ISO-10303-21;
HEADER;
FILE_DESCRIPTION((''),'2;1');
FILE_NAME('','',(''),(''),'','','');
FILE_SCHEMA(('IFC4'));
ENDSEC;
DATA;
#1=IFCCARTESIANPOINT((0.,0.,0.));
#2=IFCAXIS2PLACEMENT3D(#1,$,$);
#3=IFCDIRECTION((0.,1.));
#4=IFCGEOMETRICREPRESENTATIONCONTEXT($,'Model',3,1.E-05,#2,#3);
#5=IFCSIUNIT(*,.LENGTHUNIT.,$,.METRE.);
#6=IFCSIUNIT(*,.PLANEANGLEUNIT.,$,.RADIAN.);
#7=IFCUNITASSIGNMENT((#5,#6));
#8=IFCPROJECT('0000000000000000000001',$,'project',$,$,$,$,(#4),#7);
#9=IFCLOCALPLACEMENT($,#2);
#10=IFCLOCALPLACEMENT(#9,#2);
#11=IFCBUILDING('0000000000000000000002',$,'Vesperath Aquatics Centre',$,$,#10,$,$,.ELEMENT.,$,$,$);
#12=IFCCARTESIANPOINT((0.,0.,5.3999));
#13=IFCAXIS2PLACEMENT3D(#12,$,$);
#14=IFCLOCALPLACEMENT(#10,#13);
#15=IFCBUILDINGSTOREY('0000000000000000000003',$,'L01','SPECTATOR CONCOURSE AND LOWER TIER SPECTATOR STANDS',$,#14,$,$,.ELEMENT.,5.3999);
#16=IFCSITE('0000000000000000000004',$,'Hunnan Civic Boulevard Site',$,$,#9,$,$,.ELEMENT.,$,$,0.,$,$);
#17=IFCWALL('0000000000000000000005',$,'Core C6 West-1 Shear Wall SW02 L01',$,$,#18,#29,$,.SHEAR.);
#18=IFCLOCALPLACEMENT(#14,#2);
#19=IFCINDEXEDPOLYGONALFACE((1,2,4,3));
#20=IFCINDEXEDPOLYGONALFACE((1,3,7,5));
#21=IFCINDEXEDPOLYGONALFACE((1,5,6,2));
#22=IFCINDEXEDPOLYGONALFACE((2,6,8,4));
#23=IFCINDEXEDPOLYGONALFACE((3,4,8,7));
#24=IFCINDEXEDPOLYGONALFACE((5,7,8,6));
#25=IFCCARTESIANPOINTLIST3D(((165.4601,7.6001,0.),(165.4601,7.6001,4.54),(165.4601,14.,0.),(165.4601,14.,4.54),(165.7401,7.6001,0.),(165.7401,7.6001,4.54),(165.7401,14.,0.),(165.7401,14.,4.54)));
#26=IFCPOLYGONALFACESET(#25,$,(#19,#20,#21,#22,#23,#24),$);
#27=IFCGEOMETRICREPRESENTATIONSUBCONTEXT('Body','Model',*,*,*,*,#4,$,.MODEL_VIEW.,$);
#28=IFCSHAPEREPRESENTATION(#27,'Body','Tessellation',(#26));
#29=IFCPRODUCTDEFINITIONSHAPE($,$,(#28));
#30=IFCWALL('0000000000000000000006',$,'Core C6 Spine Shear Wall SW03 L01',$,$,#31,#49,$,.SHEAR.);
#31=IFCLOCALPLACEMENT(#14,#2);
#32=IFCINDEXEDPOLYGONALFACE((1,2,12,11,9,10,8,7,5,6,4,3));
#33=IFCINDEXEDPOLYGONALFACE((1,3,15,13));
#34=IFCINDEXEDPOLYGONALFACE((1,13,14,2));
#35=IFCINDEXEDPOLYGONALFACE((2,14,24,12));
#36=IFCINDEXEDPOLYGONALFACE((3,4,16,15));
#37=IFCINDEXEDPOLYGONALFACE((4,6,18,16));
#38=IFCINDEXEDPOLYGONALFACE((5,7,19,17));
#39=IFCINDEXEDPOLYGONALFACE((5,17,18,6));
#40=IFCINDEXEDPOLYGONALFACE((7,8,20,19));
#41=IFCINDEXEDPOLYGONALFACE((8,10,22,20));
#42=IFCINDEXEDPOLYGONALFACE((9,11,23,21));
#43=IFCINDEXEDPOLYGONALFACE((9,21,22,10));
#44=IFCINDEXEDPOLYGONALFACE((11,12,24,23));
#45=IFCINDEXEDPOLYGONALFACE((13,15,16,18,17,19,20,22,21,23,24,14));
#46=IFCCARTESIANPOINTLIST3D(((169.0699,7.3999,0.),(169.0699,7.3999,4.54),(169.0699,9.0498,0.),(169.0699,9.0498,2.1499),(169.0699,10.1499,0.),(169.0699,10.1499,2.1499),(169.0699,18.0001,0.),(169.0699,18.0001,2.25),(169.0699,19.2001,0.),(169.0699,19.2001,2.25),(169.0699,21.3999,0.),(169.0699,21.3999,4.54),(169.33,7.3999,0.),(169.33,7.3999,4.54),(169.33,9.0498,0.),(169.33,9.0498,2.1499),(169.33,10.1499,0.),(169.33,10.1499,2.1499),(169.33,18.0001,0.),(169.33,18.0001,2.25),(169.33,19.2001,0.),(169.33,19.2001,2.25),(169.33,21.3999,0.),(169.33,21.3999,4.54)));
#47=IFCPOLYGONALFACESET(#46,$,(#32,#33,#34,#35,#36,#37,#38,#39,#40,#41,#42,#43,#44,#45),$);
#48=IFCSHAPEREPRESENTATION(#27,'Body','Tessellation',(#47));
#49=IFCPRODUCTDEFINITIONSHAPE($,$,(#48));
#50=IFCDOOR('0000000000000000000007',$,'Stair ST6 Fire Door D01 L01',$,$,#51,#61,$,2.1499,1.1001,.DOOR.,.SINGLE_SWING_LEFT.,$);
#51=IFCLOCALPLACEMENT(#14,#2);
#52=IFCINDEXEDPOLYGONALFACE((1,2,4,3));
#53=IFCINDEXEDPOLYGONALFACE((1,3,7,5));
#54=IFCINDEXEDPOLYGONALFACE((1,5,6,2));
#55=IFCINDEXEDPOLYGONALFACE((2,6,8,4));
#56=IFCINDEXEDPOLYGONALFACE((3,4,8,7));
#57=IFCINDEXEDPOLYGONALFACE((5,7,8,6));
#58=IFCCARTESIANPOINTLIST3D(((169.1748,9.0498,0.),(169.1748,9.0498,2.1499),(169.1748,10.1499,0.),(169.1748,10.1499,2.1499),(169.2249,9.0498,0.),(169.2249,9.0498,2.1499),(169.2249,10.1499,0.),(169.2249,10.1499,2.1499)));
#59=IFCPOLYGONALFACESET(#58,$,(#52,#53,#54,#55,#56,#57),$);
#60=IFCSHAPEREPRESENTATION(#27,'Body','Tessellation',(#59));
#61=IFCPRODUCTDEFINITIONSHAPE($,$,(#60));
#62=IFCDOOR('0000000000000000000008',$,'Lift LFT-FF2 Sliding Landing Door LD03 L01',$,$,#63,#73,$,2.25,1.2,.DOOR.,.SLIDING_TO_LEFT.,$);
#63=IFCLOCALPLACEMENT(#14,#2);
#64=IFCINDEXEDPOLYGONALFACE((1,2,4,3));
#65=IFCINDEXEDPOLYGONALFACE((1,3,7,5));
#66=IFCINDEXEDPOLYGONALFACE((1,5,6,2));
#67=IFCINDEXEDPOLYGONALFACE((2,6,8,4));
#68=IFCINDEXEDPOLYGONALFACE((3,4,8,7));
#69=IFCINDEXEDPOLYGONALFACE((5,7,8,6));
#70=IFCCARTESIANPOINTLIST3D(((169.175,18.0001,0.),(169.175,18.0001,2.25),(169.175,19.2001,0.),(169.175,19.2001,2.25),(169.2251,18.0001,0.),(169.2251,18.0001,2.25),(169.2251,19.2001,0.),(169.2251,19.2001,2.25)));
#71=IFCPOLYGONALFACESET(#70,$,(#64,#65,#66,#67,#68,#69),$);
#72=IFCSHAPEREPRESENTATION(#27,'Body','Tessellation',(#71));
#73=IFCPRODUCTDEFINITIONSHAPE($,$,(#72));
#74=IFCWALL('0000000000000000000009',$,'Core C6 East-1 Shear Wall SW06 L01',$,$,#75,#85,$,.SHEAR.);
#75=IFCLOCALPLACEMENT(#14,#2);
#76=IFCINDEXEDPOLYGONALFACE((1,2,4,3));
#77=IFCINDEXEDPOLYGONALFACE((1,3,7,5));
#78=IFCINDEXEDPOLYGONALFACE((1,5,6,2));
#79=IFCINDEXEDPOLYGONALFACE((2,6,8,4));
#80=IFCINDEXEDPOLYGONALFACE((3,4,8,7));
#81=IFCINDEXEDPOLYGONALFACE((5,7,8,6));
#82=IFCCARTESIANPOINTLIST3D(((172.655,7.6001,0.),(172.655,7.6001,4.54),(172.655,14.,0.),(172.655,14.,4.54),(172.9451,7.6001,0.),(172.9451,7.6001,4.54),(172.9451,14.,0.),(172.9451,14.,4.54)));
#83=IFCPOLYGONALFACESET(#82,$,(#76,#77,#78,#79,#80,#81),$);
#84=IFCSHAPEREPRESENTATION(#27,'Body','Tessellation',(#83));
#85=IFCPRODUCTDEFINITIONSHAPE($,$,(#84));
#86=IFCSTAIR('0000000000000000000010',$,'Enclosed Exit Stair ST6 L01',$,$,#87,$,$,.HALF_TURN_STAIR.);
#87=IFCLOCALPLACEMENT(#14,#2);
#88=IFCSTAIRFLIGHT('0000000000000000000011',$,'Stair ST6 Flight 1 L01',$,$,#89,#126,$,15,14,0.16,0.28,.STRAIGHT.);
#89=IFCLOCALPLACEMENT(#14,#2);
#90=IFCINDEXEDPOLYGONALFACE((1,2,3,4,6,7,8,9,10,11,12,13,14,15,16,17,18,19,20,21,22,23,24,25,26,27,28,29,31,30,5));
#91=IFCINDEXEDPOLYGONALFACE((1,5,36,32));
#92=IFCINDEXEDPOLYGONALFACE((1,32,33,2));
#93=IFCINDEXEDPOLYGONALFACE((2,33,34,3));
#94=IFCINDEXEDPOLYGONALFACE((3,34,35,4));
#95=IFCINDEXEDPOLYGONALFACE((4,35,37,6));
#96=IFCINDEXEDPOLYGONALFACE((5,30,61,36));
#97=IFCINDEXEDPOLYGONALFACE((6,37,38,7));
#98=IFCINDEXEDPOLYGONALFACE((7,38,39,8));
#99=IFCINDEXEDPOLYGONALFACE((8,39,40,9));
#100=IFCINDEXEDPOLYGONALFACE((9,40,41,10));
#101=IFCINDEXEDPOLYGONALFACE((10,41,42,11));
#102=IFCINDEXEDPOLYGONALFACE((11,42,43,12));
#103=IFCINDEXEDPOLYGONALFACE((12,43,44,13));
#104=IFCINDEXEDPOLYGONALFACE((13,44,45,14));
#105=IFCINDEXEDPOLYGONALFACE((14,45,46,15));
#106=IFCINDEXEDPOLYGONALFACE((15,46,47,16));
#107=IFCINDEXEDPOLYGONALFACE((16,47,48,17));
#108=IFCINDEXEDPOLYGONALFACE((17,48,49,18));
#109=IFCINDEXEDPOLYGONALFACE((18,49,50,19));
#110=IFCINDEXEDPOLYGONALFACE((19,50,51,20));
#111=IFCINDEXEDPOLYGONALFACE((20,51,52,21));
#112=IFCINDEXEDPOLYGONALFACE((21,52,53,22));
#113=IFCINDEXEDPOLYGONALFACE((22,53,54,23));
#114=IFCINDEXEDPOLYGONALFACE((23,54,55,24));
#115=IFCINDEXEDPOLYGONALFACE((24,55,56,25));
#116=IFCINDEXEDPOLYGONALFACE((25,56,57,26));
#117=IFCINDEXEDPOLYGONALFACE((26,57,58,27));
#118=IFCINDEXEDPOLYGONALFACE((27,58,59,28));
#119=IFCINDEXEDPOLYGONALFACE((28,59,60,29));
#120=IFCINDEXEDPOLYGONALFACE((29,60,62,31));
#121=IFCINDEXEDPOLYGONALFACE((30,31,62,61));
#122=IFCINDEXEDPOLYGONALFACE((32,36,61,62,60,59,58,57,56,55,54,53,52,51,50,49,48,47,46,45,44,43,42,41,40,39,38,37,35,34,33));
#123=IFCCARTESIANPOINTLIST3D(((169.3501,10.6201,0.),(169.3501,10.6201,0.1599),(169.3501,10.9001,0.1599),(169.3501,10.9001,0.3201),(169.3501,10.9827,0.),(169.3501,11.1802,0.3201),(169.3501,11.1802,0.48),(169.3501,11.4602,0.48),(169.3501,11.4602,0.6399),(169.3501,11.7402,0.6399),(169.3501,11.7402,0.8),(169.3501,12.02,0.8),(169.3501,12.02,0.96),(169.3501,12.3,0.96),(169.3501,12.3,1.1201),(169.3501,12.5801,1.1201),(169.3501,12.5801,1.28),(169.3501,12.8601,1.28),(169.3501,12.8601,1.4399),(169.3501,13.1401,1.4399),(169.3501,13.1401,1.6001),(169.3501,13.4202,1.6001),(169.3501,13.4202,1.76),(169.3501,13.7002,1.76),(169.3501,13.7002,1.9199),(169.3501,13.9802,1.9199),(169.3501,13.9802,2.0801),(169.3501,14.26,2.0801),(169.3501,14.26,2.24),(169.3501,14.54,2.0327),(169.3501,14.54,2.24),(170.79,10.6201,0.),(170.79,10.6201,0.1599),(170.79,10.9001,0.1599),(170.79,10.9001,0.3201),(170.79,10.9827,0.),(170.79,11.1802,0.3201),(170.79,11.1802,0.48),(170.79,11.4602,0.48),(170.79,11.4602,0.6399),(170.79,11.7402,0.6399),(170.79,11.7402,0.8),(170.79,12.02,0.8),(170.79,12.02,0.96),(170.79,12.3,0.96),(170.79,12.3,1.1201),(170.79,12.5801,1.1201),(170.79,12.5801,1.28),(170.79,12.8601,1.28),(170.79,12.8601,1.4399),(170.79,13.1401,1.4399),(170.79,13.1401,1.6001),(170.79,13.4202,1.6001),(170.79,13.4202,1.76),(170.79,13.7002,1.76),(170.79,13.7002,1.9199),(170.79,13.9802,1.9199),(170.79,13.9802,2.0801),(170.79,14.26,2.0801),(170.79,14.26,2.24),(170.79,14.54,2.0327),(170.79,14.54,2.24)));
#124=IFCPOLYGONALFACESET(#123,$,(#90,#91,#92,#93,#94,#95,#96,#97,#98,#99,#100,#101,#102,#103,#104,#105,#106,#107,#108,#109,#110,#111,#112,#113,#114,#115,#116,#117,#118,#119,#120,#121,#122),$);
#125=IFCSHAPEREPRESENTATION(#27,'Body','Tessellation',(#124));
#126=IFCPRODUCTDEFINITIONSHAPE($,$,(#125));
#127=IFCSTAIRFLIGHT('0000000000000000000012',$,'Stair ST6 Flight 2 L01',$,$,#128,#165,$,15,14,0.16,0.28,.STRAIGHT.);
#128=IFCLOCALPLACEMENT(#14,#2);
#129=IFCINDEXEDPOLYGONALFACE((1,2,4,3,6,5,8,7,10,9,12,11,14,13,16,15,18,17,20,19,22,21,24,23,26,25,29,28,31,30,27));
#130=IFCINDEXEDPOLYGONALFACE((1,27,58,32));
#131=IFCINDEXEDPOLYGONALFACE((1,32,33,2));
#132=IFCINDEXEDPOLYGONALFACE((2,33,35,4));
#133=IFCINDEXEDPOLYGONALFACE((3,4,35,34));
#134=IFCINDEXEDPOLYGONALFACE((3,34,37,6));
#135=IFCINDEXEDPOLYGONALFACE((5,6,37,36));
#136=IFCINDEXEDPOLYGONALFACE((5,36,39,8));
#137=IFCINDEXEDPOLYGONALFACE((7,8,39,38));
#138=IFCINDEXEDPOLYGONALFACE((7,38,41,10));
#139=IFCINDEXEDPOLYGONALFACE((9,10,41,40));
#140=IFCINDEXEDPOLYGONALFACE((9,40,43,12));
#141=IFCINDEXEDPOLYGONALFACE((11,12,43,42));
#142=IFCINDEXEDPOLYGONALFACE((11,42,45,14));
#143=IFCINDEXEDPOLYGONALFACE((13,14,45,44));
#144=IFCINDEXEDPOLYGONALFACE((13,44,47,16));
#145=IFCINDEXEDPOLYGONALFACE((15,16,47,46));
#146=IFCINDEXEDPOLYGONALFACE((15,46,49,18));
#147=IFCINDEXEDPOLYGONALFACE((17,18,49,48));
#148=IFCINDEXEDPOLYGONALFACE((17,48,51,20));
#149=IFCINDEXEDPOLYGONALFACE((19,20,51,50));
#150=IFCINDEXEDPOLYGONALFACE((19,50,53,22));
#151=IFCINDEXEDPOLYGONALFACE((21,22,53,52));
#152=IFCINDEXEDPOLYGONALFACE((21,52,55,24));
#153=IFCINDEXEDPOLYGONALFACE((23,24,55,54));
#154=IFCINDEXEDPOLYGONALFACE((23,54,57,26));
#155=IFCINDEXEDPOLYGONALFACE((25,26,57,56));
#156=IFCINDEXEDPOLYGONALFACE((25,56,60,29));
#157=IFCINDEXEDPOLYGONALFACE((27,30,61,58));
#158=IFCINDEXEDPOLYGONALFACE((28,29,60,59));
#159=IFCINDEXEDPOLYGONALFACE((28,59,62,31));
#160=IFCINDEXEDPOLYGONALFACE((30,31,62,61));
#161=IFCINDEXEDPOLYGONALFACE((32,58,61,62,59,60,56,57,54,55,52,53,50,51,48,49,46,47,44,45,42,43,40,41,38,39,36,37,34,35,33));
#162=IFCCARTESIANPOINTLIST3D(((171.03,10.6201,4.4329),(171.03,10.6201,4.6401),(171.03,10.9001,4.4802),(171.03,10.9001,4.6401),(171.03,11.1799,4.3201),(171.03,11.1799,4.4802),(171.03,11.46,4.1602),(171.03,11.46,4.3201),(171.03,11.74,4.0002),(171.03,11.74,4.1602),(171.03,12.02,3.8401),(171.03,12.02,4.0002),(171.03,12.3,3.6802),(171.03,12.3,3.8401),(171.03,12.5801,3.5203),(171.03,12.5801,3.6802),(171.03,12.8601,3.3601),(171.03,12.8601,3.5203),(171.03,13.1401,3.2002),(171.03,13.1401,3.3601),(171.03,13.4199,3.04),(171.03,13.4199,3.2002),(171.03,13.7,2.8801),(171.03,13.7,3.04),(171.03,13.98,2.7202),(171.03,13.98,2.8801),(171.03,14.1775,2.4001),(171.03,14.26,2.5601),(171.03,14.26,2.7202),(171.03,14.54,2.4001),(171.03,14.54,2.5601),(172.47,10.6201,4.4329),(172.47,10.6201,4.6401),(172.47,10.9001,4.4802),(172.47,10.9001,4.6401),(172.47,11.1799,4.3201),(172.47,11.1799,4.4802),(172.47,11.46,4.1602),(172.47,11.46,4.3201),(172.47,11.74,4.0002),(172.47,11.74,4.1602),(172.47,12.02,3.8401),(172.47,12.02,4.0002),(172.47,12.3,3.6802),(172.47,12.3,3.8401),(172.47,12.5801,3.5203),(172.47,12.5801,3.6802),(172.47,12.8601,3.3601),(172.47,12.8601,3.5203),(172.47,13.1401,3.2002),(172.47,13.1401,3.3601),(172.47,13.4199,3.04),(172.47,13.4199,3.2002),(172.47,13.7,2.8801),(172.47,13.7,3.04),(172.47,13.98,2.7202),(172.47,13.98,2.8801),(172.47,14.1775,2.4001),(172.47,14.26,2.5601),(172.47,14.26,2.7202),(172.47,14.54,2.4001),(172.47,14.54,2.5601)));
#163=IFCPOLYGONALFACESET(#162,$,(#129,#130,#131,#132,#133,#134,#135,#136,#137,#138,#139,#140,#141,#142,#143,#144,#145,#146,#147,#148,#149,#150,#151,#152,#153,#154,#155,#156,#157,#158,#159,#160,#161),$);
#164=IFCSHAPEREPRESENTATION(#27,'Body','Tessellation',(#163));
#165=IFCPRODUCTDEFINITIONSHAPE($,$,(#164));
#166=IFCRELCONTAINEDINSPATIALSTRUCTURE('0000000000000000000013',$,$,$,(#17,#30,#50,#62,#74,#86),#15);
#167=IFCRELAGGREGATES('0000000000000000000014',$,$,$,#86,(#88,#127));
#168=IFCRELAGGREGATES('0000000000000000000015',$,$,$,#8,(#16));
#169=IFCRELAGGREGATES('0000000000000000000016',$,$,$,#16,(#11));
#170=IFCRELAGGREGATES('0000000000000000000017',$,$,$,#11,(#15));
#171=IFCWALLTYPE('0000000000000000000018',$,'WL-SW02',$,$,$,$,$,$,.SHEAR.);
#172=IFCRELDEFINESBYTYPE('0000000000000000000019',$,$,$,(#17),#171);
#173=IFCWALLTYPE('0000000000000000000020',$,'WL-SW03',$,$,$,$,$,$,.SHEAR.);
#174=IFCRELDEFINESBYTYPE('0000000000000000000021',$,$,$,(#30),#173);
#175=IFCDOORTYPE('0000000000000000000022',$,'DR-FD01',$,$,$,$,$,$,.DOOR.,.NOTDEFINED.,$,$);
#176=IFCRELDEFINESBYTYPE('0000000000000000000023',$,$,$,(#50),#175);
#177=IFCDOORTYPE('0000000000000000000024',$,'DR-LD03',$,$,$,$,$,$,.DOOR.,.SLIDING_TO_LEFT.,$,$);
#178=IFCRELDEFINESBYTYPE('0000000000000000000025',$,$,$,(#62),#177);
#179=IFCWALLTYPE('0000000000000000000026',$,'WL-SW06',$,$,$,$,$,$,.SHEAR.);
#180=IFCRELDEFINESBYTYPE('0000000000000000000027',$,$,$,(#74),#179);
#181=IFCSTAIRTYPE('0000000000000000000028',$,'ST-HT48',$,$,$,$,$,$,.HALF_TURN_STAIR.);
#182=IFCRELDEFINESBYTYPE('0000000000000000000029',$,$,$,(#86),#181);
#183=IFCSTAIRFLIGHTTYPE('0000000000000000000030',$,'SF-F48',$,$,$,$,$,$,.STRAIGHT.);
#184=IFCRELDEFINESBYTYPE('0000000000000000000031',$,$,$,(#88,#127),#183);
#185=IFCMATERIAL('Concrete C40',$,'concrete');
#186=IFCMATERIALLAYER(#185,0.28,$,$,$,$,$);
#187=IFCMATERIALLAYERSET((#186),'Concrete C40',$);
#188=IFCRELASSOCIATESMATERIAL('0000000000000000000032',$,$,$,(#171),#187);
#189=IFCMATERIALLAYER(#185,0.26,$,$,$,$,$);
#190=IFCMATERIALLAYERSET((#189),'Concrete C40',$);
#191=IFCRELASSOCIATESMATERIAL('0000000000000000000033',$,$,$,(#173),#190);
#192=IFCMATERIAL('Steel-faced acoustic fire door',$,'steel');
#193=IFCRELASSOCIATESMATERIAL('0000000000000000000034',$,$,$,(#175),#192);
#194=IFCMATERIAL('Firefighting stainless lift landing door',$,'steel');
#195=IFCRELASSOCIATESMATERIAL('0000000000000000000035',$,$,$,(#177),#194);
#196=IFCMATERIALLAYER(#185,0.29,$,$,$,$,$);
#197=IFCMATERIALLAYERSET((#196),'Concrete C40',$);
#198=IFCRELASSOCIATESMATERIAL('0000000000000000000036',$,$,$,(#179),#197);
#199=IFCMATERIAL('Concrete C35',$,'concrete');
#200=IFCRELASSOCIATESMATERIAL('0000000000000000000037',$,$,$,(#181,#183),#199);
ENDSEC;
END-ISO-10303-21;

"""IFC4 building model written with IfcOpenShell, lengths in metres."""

from ifc_helpers import new_model, si_unit, direction, frame, frame_2d, origin, place, context, subcontext, project, spatial, polyline, rectangle, outline, extrude, material, layer, layer_set, type_object, element, fill, aggregate, save


model = new_model("IFC4")

# Units and contexts
model_context = context("Model", 3, precision=1e-05, world=origin(), true_north=direction((0.0, 1.0)))
body_context = subcontext(model_context, "Body", "Model", "MODEL_VIEW")
ifc_project = project(units=[si_unit("LENGTHUNIT", "METRE"), si_unit("PLANEANGLEUNIT", "RADIAN")], contexts=[model_context])

# Site, building, storey
site_placement = place(None, origin())
site = spatial("IfcSite", under=ifc_project, at=site_placement, Name="Hunnan Civic Boulevard Site", CompositionType="ELEMENT", RefElevation=0.0)
building_placement = place(site_placement, origin())
building = spatial("IfcBuilding", under=site, at=building_placement, Name="Vesperath Aquatics Centre", CompositionType="ELEMENT")
storey_placement = place(building_placement, frame((0.0, 0.0, 5.3999)))
storey = spatial("IfcBuildingStorey", under=building, at=storey_placement, Name="L01", Description="SPECTATOR CONCOURSE AND LOWER TIER SPECTATOR STANDS", CompositionType="ELEMENT", Elevation=5.3999)

# Shared definitions
ifc_material_1 = material(Name="Concrete C40", Category="concrete")

# Shared definitions
ifc_material_2 = material(Name="Concrete C35", Category="concrete")

# Wall
ifc_layer_1 = layer(ifc_material_1, 0.28)
ifc_layer_set_1 = layer_set([ifc_layer_1], Name="Concrete C40")
wall_type_1 = type_object("IfcWallType", Name="WL-SW02", PredefinedType="SHEAR", material=ifc_layer_set_1)
for number, where, z_axis, x_axis, name in (
    (1, (165.6001, 7.6001, 0.0), (0.0, 0.0, 1.0), (0.0, 1.0, 0.0), "Core C6 West-1 Shear Wall SW02 L01"),
):
    element("IfcWall", number, at=place(storey_placement, frame(where, z_axis=z_axis, x_axis=x_axis)), inside=storey, type_object=wall_type_1, Name=name, PredefinedType="SHEAR", context=body_context, shape_type="SweptSolid", body=[
        extrude(rectangle(XDim=6.3999, YDim=0.28, at=frame_2d((3.2, 0.0))), origin(), (0.0, 0.0, 1.0), 4.54),
    ])

# Wall, openings, doors
ifc_layer_2 = layer(ifc_material_1, 0.26)
ifc_layer_set_2 = layer_set([ifc_layer_2], Name="Concrete C40")
wall_type_2 = type_object("IfcWallType", Name="WL-SW03", PredefinedType="SHEAR", material=ifc_layer_set_2)
wall_1_placement = place(storey_placement, frame((169.2, 7.3999, 0.0), z_axis=(0.0, 0.0, 1.0), x_axis=(0.0, 1.0, 0.0)))
wall_1 = element("IfcWall", 2, at=wall_1_placement, inside=storey, type_object=wall_type_2, Name="Core C6 Spine Shear Wall SW03 L01", PredefinedType="SHEAR", context=body_context, shape_type="SweptSolid", body=[
    extrude(rectangle(XDim=14.0, YDim=0.26, at=frame_2d((7.0, 0.0))), origin(), (0.0, 0.0, 1.0), 4.54),
])
opening_1_placement = place(wall_1_placement, frame((1.6499, 0.0, 0.0)))
opening_1 = element("IfcOpeningElement", 3, at=opening_1_placement, cuts=wall_1, PredefinedType="OPENING", context=body_context, shape_type="SweptSolid", body=[
    extrude(rectangle(XDim=1.1001, YDim=2.1499, at=frame_2d((0.55, 1.075))), frame((0.0, 0.145, 0.0), z_axis=(0.0, -1.0, 0.0), x_axis=(1.0, 0.0, 0.0)), (0.0, 0.0, 1.0), 0.2898),
])
opening_2_placement = place(wall_1_placement, frame((10.6001, 0.0, 0.0)))
opening_2 = element("IfcOpeningElement", 4, at=opening_2_placement, cuts=wall_1, PredefinedType="OPENING", context=body_context, shape_type="SweptSolid", body=[
    extrude(rectangle(XDim=1.2, YDim=2.25, at=frame_2d((0.6001, 1.125))), frame((0.0, 0.145, 0.0), z_axis=(0.0, -1.0, 0.0), x_axis=(1.0, 0.0, 0.0)), (0.0, 0.0, 1.0), 0.2898),
])
ifc_material_3 = material(Name="Steel-faced acoustic fire door", Category="steel")
door_type_1 = type_object("IfcDoorType", Name="DR-FD01", OperationType="NOTDEFINED", PredefinedType="DOOR", material=ifc_material_3)
door_1_placement = place(opening_1_placement, frame((1.1001, 0.0, 0.0), z_axis=(0.0, 0.0, 1.0), x_axis=(-1.0, 0.0, 0.0)))
door_1 = element("IfcDoor", 5, at=door_1_placement, inside=storey, type_object=door_type_1, Name="Stair ST6 Fire Door D01 L01", OperationType="SINGLE_SWING_LEFT", OverallHeight=2.1499, OverallWidth=1.1001, PredefinedType="DOOR", context=body_context, shape_type="SweptSolid", body=[
    extrude(rectangle(XDim=1.1001, YDim=2.1499, at=frame_2d((0.55, 1.075))), frame((0.0, 0.0249, 0.0), z_axis=(0.0, -1.0, 0.0), x_axis=(1.0, 0.0, 0.0)), (0.0, 0.0, 1.0), 0.05),
])
fill(opening_1, door_1)
ifc_material_4 = material(Name="Firefighting stainless lift landing door", Category="steel")
door_type_2 = type_object("IfcDoorType", Name="DR-LD03", OperationType="SLIDING_TO_LEFT", PredefinedType="DOOR", material=ifc_material_4)
door_2_placement = place(opening_2_placement, origin())
door_2 = element("IfcDoor", 6, at=door_2_placement, inside=storey, type_object=door_type_2, Name="Lift LFT-FF2 Sliding Landing Door LD03 L01", OperationType="SLIDING_TO_LEFT", OverallHeight=2.25, OverallWidth=1.2, PredefinedType="DOOR", context=body_context, shape_type="SweptSolid", body=[
    extrude(rectangle(XDim=1.2, YDim=2.25, at=frame_2d((0.6001, 1.125))), frame((0.0, 0.0249, 0.0), z_axis=(0.0, -1.0, 0.0), x_axis=(1.0, 0.0, 0.0)), (0.0, 0.0, 1.0), 0.05),
])
fill(opening_2, door_2)

# Wall
ifc_layer_3 = layer(ifc_material_1, 0.29)
ifc_layer_set_3 = layer_set([ifc_layer_3], Name="Concrete C40")
wall_type_3 = type_object("IfcWallType", Name="WL-SW06", PredefinedType="SHEAR", material=ifc_layer_set_3)
wall_2_placement = place(storey_placement, frame((172.8, 7.6001, 0.0), z_axis=(0.0, 0.0, 1.0), x_axis=(0.0, 1.0, 0.0)))
element("IfcWall", 7, at=wall_2_placement, inside=storey, type_object=wall_type_3, Name="Core C6 East-1 Shear Wall SW06 L01", PredefinedType="SHEAR", context=body_context, shape_type="SweptSolid", body=[
    extrude(rectangle(XDim=6.3999, YDim=0.29, at=frame_2d((3.2, 0.0))), origin(), (0.0, 0.0, 1.0), 4.54),
])

# Stair, stair flights
stair_type = type_object("IfcStairType", Name="ST-HT48", PredefinedType="HALF_TURN_STAIR", material=ifc_material_2)
stair_placement = place(storey_placement, origin())
stair = element("IfcStair", 8, at=stair_placement, inside=storey, type_object=stair_type, Name="Enclosed Exit Stair ST6 L01", PredefinedType="HALF_TURN_STAIR")
stair_flight_type = type_object("IfcStairFlightType", Name="SF-F48", PredefinedType="STRAIGHT", material=ifc_material_2)
stair_flight_1_placement = place(storey_placement, frame((170.0701, 10.6201, 0.0), z_axis=(0.0, 0.0, 1.0), x_axis=(0.0, 1.0, 0.0)))
stair_flight_1 = element("IfcStairFlight", 9, at=stair_flight_1_placement, type_object=stair_flight_type, Name="Stair ST6 Flight 1 L01", NumberOfRisers=15, NumberOfTreads=14, PredefinedType="STRAIGHT", RiserHeight=0.16, TreadLength=0.28, context=body_context, shape_type="SweptSolid", body=[
    extrude(outline(polyline([(0.0, 0.0), (0.0, 0.1599), (0.28, 0.1599), (0.28, 0.3201), (0.5601, 0.3201), (0.5601, 0.48), (0.8401, 0.48), (0.8401, 0.6399), (1.1201, 0.6399), (1.1201, 0.8), (1.3999, 0.8), (1.3999, 0.96), (1.6799, 0.96), (1.6799, 1.1201), (1.96, 1.1201), (1.96, 1.28), (2.24, 1.28), (2.24, 1.4399), (2.52, 1.4399), (2.52, 1.6001), (2.8, 1.6001), (2.8, 1.76), (3.0801, 1.76), (3.0801, 1.9199), (3.3601, 1.9199), (3.3601, 2.0801), (3.6399, 2.0801), (3.6399, 2.24), (3.9199, 2.24), (3.9199, 2.3999), (3.9199, 2.0327), (0.3625, 0.0), (0.0, 0.0)])), frame((0.0, 0.72, 0.0), z_axis=(0.0, -1.0, 0.0), x_axis=(1.0, 0.0, 0.0)), (0.0, 0.0, 1.0), 1.4399),
])
stair_flight_2_placement = place(storey_placement, frame((171.75, 14.54, 2.4001), z_axis=(0.0, 0.0, 1.0), x_axis=(0.0, -1.0, 0.0)))
stair_flight_2 = element("IfcStairFlight", 10, at=stair_flight_2_placement, type_object=stair_flight_type, Name="Stair ST6 Flight 2 L01", NumberOfRisers=15, NumberOfTreads=14, PredefinedType="STRAIGHT", RiserHeight=0.16, TreadLength=0.28, context=body_context, shape_type="SweptSolid", body=[
    extrude(outline(polyline([(0.0, 0.0), (0.0, 0.1599), (0.28, 0.1599), (0.28, 0.3201), (0.5601, 0.3201), (0.5601, 0.48), (0.8401, 0.48), (0.8401, 0.6399), (1.1201, 0.6399), (1.1201, 0.8), (1.3999, 0.8), (1.3999, 0.96), (1.6799, 0.96), (1.6799, 1.1201), (1.96, 1.1201), (1.96, 1.28), (2.24, 1.28), (2.24, 1.4399), (2.52, 1.4399), (2.52, 1.6001), (2.8, 1.6001), (2.8, 1.76), (3.0801, 1.76), (3.0801, 1.9199), (3.3601, 1.9199), (3.3601, 2.0801), (3.6399, 2.0801), (3.6399, 2.24), (3.9199, 2.24), (3.9199, 2.3999), (3.9199, 2.0327), (0.3625, 0.0), (0.0, 0.0)])), frame((0.0, 0.72, 0.0), z_axis=(0.0, -1.0, 0.0), x_axis=(1.0, 0.0, 0.0)), (0.0, 0.0, 1.0), 1.4399),
])
aggregate(stair, [stair_flight_1, stair_flight_2])

save(model, "model.ifc")
